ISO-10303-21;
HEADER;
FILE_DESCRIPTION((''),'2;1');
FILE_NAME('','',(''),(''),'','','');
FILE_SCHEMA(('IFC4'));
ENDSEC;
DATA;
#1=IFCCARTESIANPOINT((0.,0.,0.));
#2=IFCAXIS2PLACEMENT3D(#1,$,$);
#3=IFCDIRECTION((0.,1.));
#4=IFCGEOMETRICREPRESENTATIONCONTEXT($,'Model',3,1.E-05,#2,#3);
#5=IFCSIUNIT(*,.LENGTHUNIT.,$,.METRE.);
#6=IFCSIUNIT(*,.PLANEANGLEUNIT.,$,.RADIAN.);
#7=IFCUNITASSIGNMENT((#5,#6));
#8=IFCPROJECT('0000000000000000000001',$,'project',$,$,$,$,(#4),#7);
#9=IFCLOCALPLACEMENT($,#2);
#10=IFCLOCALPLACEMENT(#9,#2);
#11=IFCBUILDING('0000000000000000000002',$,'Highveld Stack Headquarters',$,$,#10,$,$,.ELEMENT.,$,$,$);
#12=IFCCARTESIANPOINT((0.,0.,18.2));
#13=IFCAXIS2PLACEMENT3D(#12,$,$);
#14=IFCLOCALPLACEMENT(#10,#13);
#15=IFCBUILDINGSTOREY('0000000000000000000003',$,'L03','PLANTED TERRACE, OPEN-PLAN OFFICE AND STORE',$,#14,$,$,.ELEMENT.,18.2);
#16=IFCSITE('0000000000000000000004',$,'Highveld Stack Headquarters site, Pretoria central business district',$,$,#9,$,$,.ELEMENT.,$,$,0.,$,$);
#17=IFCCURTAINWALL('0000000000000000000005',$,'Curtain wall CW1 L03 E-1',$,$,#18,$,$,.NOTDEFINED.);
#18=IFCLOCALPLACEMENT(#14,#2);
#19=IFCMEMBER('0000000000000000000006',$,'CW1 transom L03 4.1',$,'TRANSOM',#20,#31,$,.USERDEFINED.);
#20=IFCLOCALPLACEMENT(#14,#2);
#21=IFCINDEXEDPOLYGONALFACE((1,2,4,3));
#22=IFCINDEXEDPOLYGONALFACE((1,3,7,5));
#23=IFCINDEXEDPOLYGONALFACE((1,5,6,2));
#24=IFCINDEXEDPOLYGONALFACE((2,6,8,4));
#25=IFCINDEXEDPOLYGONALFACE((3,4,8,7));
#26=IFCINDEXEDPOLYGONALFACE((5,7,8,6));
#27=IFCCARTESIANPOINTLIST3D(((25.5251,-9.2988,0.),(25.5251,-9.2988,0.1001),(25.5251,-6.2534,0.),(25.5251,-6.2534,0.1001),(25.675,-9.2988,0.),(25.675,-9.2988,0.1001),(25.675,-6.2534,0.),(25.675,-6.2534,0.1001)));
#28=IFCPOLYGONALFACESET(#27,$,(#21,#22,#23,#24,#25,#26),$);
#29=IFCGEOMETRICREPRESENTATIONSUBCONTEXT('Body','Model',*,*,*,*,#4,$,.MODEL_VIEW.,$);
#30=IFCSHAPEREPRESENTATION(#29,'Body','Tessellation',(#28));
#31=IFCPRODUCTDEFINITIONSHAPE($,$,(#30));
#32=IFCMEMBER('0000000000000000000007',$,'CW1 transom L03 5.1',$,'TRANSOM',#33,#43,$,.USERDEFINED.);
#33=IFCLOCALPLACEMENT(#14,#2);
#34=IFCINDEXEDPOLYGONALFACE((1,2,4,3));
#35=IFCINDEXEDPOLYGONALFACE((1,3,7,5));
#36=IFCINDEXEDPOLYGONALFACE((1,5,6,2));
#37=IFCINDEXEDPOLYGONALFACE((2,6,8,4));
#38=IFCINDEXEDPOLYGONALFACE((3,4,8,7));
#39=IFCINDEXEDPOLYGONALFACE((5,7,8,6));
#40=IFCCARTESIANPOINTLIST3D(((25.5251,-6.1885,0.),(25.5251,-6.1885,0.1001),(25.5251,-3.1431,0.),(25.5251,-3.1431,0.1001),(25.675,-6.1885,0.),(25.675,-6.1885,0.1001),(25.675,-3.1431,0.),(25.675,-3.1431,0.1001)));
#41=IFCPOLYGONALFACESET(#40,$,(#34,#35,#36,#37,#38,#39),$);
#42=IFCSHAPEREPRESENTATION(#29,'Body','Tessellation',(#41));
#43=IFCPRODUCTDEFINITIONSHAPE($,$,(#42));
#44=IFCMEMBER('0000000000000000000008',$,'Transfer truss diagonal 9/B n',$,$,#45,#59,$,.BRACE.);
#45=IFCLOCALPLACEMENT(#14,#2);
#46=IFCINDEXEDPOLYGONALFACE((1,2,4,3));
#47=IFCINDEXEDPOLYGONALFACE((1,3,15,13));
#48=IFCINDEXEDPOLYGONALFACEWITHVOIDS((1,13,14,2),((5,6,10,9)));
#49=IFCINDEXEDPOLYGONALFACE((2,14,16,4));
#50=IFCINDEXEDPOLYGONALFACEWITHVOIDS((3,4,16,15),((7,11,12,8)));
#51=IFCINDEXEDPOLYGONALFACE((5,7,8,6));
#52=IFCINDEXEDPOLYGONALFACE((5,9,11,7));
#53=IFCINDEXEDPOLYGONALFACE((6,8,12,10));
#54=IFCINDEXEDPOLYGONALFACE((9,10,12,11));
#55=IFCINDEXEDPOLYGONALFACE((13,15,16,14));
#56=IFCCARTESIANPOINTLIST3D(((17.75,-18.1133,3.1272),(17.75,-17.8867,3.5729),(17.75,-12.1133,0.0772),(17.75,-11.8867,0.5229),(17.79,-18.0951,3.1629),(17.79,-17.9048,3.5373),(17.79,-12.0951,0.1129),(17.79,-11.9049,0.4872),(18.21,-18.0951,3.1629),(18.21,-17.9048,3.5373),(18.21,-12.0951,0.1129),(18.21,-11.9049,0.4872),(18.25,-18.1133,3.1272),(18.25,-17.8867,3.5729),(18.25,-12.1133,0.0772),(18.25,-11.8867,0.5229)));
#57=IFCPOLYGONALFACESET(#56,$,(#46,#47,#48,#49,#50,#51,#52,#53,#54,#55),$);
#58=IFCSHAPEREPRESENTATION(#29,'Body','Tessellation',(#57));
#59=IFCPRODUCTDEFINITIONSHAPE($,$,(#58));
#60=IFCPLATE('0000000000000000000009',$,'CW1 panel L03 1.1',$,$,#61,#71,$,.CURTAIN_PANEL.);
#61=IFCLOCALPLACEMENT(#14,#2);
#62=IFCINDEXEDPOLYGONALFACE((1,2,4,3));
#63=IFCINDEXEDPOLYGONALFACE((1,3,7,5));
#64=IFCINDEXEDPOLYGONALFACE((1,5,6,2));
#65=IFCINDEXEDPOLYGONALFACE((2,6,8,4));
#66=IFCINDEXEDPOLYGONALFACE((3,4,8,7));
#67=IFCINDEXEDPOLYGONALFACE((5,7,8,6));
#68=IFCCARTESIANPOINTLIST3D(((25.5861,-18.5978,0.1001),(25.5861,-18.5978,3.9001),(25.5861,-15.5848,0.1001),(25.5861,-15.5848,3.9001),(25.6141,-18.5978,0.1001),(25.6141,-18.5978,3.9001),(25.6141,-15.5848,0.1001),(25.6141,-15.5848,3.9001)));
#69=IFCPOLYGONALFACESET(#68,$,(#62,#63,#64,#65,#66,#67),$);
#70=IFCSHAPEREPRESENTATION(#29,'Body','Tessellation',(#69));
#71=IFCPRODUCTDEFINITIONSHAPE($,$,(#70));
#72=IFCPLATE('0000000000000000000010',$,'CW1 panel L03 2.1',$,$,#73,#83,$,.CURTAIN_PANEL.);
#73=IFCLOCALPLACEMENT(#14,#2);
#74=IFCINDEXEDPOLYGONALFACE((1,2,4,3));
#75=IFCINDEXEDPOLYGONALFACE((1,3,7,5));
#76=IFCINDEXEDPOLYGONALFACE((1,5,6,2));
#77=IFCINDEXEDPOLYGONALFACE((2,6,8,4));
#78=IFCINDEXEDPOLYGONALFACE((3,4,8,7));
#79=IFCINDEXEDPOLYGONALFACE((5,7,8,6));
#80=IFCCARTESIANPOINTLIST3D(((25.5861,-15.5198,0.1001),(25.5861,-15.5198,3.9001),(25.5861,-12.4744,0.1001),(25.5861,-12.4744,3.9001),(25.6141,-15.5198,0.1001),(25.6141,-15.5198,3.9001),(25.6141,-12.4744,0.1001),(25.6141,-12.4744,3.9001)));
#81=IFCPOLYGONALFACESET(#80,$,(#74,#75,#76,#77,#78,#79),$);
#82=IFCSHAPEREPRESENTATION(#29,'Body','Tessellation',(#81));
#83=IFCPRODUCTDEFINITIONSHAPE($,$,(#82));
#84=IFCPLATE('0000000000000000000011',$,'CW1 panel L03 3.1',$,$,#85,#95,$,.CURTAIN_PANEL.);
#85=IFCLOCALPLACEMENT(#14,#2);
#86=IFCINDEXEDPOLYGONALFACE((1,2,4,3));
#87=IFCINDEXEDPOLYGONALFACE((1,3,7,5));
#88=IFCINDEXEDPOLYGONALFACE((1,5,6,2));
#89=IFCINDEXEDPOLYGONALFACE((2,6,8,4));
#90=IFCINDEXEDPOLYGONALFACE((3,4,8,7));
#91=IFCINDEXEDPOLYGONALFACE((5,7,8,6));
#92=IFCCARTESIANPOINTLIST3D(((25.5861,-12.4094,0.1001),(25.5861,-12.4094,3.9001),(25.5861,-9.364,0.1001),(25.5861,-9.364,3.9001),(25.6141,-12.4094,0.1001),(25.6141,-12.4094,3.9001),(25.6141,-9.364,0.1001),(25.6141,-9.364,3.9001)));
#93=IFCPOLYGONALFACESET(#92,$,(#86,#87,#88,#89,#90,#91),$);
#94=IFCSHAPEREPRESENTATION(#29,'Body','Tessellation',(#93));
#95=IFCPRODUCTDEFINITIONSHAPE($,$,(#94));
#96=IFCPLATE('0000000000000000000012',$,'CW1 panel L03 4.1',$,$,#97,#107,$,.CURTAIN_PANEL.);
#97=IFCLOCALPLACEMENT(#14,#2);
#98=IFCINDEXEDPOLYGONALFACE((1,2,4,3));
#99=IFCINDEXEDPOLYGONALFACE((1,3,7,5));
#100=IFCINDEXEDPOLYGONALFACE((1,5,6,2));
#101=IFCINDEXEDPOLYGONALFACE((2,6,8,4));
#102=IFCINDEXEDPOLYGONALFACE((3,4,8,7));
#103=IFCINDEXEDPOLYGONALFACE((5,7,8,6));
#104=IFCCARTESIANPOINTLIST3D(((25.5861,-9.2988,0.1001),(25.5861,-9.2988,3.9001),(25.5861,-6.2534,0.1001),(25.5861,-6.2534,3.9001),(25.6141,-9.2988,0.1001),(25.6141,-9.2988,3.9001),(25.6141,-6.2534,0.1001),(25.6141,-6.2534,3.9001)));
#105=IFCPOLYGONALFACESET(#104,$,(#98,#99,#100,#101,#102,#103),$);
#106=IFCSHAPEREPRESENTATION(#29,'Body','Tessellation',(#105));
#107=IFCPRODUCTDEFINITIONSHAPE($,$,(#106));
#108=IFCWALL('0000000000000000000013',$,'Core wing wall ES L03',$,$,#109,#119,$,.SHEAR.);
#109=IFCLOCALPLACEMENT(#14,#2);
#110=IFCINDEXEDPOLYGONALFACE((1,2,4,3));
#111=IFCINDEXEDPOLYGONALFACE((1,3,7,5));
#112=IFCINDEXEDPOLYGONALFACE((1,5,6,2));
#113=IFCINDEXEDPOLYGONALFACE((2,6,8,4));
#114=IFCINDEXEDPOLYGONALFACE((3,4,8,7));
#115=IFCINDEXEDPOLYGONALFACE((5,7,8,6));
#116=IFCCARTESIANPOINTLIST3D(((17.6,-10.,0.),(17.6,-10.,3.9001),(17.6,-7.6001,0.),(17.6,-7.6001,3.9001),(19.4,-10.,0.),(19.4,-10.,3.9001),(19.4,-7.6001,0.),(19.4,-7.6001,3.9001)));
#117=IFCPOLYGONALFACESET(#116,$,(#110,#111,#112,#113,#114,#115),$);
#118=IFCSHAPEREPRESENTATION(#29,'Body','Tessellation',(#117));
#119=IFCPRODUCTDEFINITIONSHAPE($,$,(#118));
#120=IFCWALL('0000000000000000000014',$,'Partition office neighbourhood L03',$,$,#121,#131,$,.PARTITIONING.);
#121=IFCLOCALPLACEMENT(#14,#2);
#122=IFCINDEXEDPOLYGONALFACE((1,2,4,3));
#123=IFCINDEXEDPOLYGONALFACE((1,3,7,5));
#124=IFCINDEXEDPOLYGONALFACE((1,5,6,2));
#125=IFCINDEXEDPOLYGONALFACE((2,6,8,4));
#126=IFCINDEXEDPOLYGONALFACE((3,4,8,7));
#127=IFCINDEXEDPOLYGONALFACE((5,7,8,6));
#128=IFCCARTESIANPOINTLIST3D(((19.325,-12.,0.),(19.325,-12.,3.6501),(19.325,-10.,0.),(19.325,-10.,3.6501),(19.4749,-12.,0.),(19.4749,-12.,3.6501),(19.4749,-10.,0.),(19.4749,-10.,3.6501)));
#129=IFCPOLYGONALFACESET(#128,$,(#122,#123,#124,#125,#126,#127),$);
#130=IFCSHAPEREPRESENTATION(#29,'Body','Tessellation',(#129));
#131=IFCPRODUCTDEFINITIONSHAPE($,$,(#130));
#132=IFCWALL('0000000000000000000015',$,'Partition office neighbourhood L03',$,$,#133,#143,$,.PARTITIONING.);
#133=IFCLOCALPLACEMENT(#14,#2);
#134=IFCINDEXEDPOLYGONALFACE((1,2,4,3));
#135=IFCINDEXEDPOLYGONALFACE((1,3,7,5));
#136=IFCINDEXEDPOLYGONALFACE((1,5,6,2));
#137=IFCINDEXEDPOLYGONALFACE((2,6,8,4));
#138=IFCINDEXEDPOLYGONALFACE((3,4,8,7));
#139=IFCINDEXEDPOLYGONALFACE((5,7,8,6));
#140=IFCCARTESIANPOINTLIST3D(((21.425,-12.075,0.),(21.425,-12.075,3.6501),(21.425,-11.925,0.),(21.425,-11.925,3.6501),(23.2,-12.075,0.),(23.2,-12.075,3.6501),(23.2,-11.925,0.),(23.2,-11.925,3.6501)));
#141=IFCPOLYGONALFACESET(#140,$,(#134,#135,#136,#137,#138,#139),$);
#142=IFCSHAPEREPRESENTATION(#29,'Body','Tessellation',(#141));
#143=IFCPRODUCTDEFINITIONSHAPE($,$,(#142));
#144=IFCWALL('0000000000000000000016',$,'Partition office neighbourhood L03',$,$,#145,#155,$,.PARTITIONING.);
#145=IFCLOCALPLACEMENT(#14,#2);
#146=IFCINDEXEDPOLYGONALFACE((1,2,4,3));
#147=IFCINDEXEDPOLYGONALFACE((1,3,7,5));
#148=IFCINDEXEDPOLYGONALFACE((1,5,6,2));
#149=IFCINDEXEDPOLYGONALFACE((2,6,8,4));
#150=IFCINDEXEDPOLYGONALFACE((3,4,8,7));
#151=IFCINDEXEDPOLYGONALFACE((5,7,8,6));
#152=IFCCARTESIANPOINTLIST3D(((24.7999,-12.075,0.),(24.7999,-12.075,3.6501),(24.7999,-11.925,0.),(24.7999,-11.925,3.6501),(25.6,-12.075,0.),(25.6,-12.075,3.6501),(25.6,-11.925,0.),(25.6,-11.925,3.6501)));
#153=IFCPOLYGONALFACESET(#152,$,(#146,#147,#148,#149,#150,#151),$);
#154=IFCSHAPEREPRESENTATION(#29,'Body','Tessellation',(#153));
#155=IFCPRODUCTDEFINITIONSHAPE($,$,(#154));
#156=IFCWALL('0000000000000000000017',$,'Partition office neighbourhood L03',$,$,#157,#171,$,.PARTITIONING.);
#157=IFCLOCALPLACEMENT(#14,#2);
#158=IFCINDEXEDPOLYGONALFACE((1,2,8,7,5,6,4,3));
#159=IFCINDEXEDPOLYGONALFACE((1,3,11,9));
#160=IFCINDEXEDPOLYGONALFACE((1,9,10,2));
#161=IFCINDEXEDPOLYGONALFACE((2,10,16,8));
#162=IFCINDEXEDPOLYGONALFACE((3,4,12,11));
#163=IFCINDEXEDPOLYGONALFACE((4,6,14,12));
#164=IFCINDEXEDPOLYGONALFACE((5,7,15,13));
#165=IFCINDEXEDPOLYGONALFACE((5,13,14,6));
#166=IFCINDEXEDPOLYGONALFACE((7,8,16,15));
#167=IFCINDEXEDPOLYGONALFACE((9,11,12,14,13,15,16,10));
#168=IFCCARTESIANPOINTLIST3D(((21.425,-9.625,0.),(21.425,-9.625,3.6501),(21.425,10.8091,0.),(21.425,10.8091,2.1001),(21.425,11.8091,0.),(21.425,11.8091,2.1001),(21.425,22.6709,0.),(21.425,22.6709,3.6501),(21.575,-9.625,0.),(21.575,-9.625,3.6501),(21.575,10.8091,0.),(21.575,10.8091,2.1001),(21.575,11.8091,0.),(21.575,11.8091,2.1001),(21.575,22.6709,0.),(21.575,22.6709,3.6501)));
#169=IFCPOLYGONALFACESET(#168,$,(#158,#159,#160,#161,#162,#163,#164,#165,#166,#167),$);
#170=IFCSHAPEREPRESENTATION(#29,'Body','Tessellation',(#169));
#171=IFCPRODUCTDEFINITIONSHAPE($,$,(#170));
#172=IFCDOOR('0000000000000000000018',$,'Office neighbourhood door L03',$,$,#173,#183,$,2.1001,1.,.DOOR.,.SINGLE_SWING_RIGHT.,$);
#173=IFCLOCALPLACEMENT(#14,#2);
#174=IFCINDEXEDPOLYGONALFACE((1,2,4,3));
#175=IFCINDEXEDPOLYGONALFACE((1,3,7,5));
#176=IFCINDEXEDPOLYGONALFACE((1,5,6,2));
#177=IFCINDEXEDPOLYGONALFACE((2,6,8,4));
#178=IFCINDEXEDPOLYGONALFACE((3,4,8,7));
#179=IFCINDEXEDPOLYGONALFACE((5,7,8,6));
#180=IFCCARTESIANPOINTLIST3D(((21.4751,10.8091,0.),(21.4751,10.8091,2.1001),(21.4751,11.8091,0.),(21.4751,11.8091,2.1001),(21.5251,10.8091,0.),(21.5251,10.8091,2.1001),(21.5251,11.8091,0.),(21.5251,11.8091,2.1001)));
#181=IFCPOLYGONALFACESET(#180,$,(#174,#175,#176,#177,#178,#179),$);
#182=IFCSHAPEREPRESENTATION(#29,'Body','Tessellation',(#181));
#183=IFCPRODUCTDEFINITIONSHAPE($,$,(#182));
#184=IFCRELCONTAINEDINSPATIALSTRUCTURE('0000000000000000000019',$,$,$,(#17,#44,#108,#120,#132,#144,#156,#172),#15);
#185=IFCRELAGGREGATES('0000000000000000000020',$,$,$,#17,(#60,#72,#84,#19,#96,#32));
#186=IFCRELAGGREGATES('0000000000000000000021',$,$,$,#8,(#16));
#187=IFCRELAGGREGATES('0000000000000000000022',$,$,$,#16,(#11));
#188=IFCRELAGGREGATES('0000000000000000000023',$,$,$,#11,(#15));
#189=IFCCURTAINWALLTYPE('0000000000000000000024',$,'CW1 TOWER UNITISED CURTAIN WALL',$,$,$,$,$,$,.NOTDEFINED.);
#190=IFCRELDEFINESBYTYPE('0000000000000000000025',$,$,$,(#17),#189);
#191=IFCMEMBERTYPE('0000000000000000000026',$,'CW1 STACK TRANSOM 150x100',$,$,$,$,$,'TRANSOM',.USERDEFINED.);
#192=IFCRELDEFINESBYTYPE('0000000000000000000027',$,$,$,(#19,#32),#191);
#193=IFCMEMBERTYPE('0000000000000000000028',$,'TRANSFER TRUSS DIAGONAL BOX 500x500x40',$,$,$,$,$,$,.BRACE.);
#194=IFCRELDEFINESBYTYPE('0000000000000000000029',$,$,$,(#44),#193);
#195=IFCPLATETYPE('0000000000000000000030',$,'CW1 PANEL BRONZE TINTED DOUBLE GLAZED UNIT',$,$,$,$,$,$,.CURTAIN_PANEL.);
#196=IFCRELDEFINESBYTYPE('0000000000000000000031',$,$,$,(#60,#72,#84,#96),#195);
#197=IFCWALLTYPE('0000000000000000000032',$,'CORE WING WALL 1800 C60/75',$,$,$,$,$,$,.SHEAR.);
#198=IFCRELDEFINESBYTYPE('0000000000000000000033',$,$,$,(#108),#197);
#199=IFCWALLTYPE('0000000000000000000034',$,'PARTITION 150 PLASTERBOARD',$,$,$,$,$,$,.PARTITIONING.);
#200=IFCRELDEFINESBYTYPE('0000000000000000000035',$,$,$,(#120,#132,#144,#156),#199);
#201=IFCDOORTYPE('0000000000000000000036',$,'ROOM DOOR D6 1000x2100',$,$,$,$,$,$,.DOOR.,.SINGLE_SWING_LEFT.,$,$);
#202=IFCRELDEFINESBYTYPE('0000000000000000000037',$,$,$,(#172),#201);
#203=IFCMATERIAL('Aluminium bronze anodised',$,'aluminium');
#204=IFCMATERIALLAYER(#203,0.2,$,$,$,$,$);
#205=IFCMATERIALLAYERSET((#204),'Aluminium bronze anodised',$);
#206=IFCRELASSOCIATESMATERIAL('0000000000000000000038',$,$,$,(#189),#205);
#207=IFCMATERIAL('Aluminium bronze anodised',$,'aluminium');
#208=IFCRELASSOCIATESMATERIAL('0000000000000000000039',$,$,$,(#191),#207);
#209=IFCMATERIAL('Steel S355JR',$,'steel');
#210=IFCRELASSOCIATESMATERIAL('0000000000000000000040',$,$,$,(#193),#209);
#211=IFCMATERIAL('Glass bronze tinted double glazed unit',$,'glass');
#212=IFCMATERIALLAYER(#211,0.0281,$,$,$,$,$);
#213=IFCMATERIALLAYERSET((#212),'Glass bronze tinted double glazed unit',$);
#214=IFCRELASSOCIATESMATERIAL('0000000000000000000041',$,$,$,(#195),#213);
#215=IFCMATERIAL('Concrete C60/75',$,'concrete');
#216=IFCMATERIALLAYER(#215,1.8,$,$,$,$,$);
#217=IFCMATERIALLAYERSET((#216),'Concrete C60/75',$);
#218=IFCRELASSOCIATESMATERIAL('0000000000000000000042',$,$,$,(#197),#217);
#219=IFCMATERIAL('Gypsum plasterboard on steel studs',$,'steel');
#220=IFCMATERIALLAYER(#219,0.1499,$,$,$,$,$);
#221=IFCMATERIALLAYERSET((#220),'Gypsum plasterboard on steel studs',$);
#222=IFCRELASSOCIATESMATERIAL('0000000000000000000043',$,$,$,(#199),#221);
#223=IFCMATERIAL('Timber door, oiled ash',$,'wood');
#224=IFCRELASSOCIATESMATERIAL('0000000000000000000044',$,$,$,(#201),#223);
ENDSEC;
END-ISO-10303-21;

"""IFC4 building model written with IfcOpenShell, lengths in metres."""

from ifc_helpers import new_model, si_unit, direction, frame, frame_2d, origin, origin_2d, place, context, subcontext, project, spatial, rectangle, hollow_rectangle, extrude, material, layer, layer_set, material_profile, profile_set, type_object, element, fill, aggregate, save


model = new_model("IFC4")

# Units and contexts
model_context = context("Model", 3, precision=1e-05, world=origin(), true_north=direction((0.0, 1.0)))
body_context = subcontext(model_context, "Body", "Model", "MODEL_VIEW")
ifc_project = project(units=[si_unit("LENGTHUNIT", "METRE"), si_unit("PLANEANGLEUNIT", "RADIAN")], contexts=[model_context])

# Site, building, storey
site_placement = place(None, origin())
site = spatial("IfcSite", under=ifc_project, at=site_placement, Name="Highveld Stack Headquarters site, Pretoria central business district", CompositionType="ELEMENT", RefElevation=0.0)
building_placement = place(site_placement, origin())
building = spatial("IfcBuilding", under=site, at=building_placement, Name="Highveld Stack Headquarters", CompositionType="ELEMENT")
storey_placement = place(building_placement, frame((0.0, 0.0, 18.2)))
storey = spatial("IfcBuildingStorey", under=building, at=storey_placement, Name="L03", Description="PLANTED TERRACE, OPEN-PLAN OFFICE AND STORE", CompositionType="ELEMENT", Elevation=18.2)

# Curtain wall, members
ifc_material_1 = material(Name="Aluminium bronze anodised", Category="aluminium")
ifc_layer_1 = layer(ifc_material_1, 0.2)
ifc_layer_set_1 = layer_set([ifc_layer_1], Name="Aluminium bronze anodised")
curtain_wall_type = type_object("IfcCurtainWallType", Name="CW1 TOWER UNITISED CURTAIN WALL", PredefinedType="NOTDEFINED", material=ifc_layer_set_1)
curtain_wall_placement = place(storey_placement, origin())
curtain_wall = element("IfcCurtainWall", 1, at=curtain_wall_placement, inside=storey, type_object=curtain_wall_type, Name="Curtain wall CW1 L03 E-1", PredefinedType="NOTDEFINED")
ifc_material_2 = material(Name="Aluminium bronze anodised", Category="aluminium")
ifc_material_profile_1 = material_profile(ifc_material_2, rectangle(XDim=0.1499, YDim=0.1001, at=origin_2d()), Name="CW1 TRANSOM 150x100")
ifc_profile_set_1 = profile_set([ifc_material_profile_1], Name="Aluminium bronze anodised")
member_type_1 = type_object("IfcMemberType", Name="CW1 STACK TRANSOM 150x100", ElementType="TRANSOM", PredefinedType="USERDEFINED", material=ifc_profile_set_1)
member_1_placement = place(storey_placement, frame((25.6001, -9.2988, 0.05), z_axis=(0.0, 1.0, 0.0), x_axis=(-1.0, 0.0, 0.0)))
member_1 = element("IfcMember", 2, at=member_1_placement, type_object=member_type_1, Name="CW1 transom L03 4.1", ObjectType="TRANSOM", PredefinedType="USERDEFINED", context=body_context, shape_type="SweptSolid", body=[
    extrude(rectangle(XDim=0.1499, YDim=0.1001, at=origin_2d()), origin(), (0.0, 0.0, 1.0), 3.0454),
])
member_2_placement = place(storey_placement, frame((25.6001, -6.1885, 0.05), z_axis=(0.0, 1.0, 0.0), x_axis=(-1.0, 0.0, 0.0)))
member_2 = element("IfcMember", 3, at=member_2_placement, type_object=member_type_1, Name="CW1 transom L03 5.1", ObjectType="TRANSOM", PredefinedType="USERDEFINED", context=body_context, shape_type="SweptSolid", body=[
    extrude(rectangle(XDim=0.1499, YDim=0.1001, at=origin_2d()), origin(), (0.0, 0.0, 1.0), 3.0454),
])

# Member
ifc_material_3 = material(Name="Steel S355JR", Category="steel")
ifc_material_profile_2 = material_profile(ifc_material_3, hollow_rectangle(XDim=0.5, YDim=0.5, WallThickness=0.04, at=origin_2d()), Name="BOX 500x500x40")
ifc_profile_set_2 = profile_set([ifc_material_profile_2], Name="Steel S355JR")
member_type_2 = type_object("IfcMemberType", Name="TRANSFER TRUSS DIAGONAL BOX 500x500x40", PredefinedType="BRACE", material=ifc_profile_set_2)
member_3_placement = place(storey_placement, frame((18.0, -12.0, 0.3), z_axis=(0.0, -0.891433, 0.453152), x_axis=(1.0, 0.0, 0.0)))
element("IfcMember", 4, at=member_3_placement, inside=storey, type_object=member_type_2, Name="Transfer truss diagonal 9/B n", PredefinedType="BRACE", context=body_context, shape_type="SweptSolid", body=[
    extrude(hollow_rectangle(XDim=0.5, YDim=0.5, WallThickness=0.04, at=origin_2d()), origin(), (0.0, 0.0, 1.0), 6.7307),
])

# Plates
ifc_material_4 = material(Name="Glass bronze tinted double glazed unit", Category="glass")
ifc_layer_2 = layer(ifc_material_4, 0.0281)
ifc_layer_set_2 = layer_set([ifc_layer_2], Name="Glass bronze tinted double glazed unit")
plate_type = type_object("IfcPlateType", Name="CW1 PANEL BRONZE TINTED DOUBLE GLAZED UNIT", PredefinedType="CURTAIN_PANEL", material=ifc_layer_set_2)
plate_1_placement = place(storey_placement, frame((25.6001, -17.0913, 0.1001), z_axis=(0.0, 0.0, 1.0), x_axis=(0.0, 1.0, 0.0)))
plate_1 = element("IfcPlate", 5, at=plate_1_placement, type_object=plate_type, Name="CW1 panel L03 1.1", PredefinedType="CURTAIN_PANEL", context=body_context, shape_type="SweptSolid", body=[
    extrude(rectangle(XDim=3.0129, YDim=0.0281, at=origin_2d()), origin(), (0.0, 0.0, 1.0), 3.8),
])
plate_2_placement = place(storey_placement, frame((25.6001, -13.9971, 0.1001), z_axis=(0.0, 0.0, 1.0), x_axis=(0.0, 1.0, 0.0)))
plate_2 = element("IfcPlate", 6, at=plate_2_placement, type_object=plate_type, Name="CW1 panel L03 2.1", PredefinedType="CURTAIN_PANEL", context=body_context, shape_type="SweptSolid", body=[
    extrude(rectangle(XDim=3.0454, YDim=0.0281, at=origin_2d()), origin(), (0.0, 0.0, 1.0), 3.8),
])
plate_3_placement = place(storey_placement, frame((25.6001, -10.8867, 0.1001), z_axis=(0.0, 0.0, 1.0), x_axis=(0.0, 1.0, 0.0)))
plate_3 = element("IfcPlate", 7, at=plate_3_placement, type_object=plate_type, Name="CW1 panel L03 3.1", PredefinedType="CURTAIN_PANEL", context=body_context, shape_type="SweptSolid", body=[
    extrude(rectangle(XDim=3.0454, YDim=0.0281, at=origin_2d()), origin(), (0.0, 0.0, 1.0), 3.8),
])
plate_4_placement = place(storey_placement, frame((25.6001, -7.7761, 0.1001), z_axis=(0.0, 0.0, 1.0), x_axis=(0.0, 1.0, 0.0)))
plate_4 = element("IfcPlate", 8, at=plate_4_placement, type_object=plate_type, Name="CW1 panel L03 4.1", PredefinedType="CURTAIN_PANEL", context=body_context, shape_type="SweptSolid", body=[
    extrude(rectangle(XDim=3.0454, YDim=0.0281, at=origin_2d()), origin(), (0.0, 0.0, 1.0), 3.8),
])
aggregate(curtain_wall, [plate_1, plate_2, plate_3, member_1, plate_4, member_2])

# Walls
ifc_material_5 = material(Name="Concrete C60/75", Category="concrete")
ifc_layer_3 = layer(ifc_material_5, 1.8)
ifc_layer_set_3 = layer_set([ifc_layer_3], Name="Concrete C60/75")
wall_type_1 = type_object("IfcWallType", Name="CORE WING WALL 1800 C60/75", PredefinedType="SHEAR", material=ifc_layer_set_3)
wall_1_placement = place(storey_placement, frame((18.5, -10.0, 0.0), z_axis=(0.0, 0.0, 1.0), x_axis=(0.0, 1.0, 0.0)))
element("IfcWall", 9, at=wall_1_placement, inside=storey, type_object=wall_type_1, Name="Core wing wall ES L03", PredefinedType="SHEAR", context=body_context, shape_type="SweptSolid", body=[
    extrude(rectangle(XDim=2.3999, YDim=1.8, at=frame_2d((1.2, 0.0))), origin(), (0.0, 0.0, 1.0), 3.9001),
])
ifc_material_6 = material(Name="Gypsum plasterboard on steel studs", Category="steel")
ifc_layer_4 = layer(ifc_material_6, 0.1499)
ifc_layer_set_4 = layer_set([ifc_layer_4], Name="Gypsum plasterboard on steel studs")
wall_type_2 = type_object("IfcWallType", Name="PARTITION 150 PLASTERBOARD", PredefinedType="PARTITIONING", material=ifc_layer_set_4)
wall_2_placement = place(storey_placement, frame((19.3999, -12.0, 0.0), z_axis=(0.0, 0.0, 1.0), x_axis=(0.0, 1.0, 0.0)))
element("IfcWall", 10, at=wall_2_placement, inside=storey, type_object=wall_type_2, Name="Partition office neighbourhood L03", PredefinedType="PARTITIONING", context=body_context, shape_type="SweptSolid", body=[
    extrude(rectangle(XDim=2.0, YDim=0.1499, at=frame_2d((1.0, 0.0))), origin(), (0.0, 0.0, 1.0), 3.6501),
])
wall_3_placement = place(storey_placement, frame((21.425, -12.0, 0.0), z_axis=(0.0, 0.0, 1.0), x_axis=(1.0, 0.0, 0.0)))
element("IfcWall", 11, at=wall_3_placement, inside=storey, type_object=wall_type_2, Name="Partition office neighbourhood L03", PredefinedType="PARTITIONING", context=body_context, shape_type="SweptSolid", body=[
    extrude(rectangle(XDim=1.7749, YDim=0.1499, at=frame_2d((0.8875, 0.0))), origin(), (0.0, 0.0, 1.0), 3.6501),
])
wall_4_placement = place(storey_placement, frame((24.8, -12.0, 0.0), z_axis=(0.0, 0.0, 1.0), x_axis=(1.0, 0.0, 0.0)))
element("IfcWall", 12, at=wall_4_placement, inside=storey, type_object=wall_type_2, Name="Partition office neighbourhood L03", PredefinedType="PARTITIONING", context=body_context, shape_type="SweptSolid", body=[
    extrude(rectangle(XDim=0.8, YDim=0.1499, at=frame_2d((0.3999, 0.0))), origin(), (0.0, 0.0, 1.0), 3.6501),
])

# Wall, opening, door
wall_5_placement = place(storey_placement, frame((21.5, -9.625, 0.0), z_axis=(0.0, 0.0, 1.0), x_axis=(0.0, 1.0, 0.0)))
wall_5 = element("IfcWall", 13, at=wall_5_placement, inside=storey, type_object=wall_type_2, Name="Partition office neighbourhood L03", PredefinedType="PARTITIONING", context=body_context, shape_type="SweptSolid", body=[
    extrude(rectangle(XDim=32.2959, YDim=0.1499, at=frame_2d((16.1479, 0.0))), origin(), (0.0, 0.0, 1.0), 3.6501),
])
opening_1_placement = place(wall_5_placement, frame((20.4341, 0.0, 0.0)))
opening_1 = element("IfcOpeningElement", 14, at=opening_1_placement, cuts=wall_5, PredefinedType="OPENING", context=body_context, shape_type="SweptSolid", body=[
    extrude(rectangle(XDim=1.0, YDim=2.1001, at=frame_2d((0.5, 1.05))), frame((0.0, 0.085, 0.0), z_axis=(0.0, -1.0, 0.0), x_axis=(1.0, 0.0, 0.0)), (0.0, 0.0, 1.0), 0.1699),
])
ifc_material_7 = material(Name="Timber door, oiled ash", Category="wood")
door_type_1 = type_object("IfcDoorType", Name="ROOM DOOR D6 1000x2100", OperationType="SINGLE_SWING_LEFT", PredefinedType="DOOR", material=ifc_material_7)
door_1_placement = place(opening_1_placement, origin())
door_1 = element("IfcDoor", 15, at=door_1_placement, inside=storey, type_object=door_type_1, Name="Office neighbourhood door L03", OperationType="SINGLE_SWING_RIGHT", OverallHeight=2.1001, OverallWidth=1.0, PredefinedType="DOOR", context=body_context, shape_type="SweptSolid", body=[
    extrude(rectangle(XDim=1.0, YDim=2.1001, at=frame_2d((0.5, 1.05))), frame((0.0, 0.0249, 0.0), z_axis=(0.0, -1.0, 0.0), x_axis=(1.0, 0.0, 0.0)), (0.0, 0.0, 1.0), 0.05),
])
fill(opening_1, door_1)

save(model, "model.ifc")
